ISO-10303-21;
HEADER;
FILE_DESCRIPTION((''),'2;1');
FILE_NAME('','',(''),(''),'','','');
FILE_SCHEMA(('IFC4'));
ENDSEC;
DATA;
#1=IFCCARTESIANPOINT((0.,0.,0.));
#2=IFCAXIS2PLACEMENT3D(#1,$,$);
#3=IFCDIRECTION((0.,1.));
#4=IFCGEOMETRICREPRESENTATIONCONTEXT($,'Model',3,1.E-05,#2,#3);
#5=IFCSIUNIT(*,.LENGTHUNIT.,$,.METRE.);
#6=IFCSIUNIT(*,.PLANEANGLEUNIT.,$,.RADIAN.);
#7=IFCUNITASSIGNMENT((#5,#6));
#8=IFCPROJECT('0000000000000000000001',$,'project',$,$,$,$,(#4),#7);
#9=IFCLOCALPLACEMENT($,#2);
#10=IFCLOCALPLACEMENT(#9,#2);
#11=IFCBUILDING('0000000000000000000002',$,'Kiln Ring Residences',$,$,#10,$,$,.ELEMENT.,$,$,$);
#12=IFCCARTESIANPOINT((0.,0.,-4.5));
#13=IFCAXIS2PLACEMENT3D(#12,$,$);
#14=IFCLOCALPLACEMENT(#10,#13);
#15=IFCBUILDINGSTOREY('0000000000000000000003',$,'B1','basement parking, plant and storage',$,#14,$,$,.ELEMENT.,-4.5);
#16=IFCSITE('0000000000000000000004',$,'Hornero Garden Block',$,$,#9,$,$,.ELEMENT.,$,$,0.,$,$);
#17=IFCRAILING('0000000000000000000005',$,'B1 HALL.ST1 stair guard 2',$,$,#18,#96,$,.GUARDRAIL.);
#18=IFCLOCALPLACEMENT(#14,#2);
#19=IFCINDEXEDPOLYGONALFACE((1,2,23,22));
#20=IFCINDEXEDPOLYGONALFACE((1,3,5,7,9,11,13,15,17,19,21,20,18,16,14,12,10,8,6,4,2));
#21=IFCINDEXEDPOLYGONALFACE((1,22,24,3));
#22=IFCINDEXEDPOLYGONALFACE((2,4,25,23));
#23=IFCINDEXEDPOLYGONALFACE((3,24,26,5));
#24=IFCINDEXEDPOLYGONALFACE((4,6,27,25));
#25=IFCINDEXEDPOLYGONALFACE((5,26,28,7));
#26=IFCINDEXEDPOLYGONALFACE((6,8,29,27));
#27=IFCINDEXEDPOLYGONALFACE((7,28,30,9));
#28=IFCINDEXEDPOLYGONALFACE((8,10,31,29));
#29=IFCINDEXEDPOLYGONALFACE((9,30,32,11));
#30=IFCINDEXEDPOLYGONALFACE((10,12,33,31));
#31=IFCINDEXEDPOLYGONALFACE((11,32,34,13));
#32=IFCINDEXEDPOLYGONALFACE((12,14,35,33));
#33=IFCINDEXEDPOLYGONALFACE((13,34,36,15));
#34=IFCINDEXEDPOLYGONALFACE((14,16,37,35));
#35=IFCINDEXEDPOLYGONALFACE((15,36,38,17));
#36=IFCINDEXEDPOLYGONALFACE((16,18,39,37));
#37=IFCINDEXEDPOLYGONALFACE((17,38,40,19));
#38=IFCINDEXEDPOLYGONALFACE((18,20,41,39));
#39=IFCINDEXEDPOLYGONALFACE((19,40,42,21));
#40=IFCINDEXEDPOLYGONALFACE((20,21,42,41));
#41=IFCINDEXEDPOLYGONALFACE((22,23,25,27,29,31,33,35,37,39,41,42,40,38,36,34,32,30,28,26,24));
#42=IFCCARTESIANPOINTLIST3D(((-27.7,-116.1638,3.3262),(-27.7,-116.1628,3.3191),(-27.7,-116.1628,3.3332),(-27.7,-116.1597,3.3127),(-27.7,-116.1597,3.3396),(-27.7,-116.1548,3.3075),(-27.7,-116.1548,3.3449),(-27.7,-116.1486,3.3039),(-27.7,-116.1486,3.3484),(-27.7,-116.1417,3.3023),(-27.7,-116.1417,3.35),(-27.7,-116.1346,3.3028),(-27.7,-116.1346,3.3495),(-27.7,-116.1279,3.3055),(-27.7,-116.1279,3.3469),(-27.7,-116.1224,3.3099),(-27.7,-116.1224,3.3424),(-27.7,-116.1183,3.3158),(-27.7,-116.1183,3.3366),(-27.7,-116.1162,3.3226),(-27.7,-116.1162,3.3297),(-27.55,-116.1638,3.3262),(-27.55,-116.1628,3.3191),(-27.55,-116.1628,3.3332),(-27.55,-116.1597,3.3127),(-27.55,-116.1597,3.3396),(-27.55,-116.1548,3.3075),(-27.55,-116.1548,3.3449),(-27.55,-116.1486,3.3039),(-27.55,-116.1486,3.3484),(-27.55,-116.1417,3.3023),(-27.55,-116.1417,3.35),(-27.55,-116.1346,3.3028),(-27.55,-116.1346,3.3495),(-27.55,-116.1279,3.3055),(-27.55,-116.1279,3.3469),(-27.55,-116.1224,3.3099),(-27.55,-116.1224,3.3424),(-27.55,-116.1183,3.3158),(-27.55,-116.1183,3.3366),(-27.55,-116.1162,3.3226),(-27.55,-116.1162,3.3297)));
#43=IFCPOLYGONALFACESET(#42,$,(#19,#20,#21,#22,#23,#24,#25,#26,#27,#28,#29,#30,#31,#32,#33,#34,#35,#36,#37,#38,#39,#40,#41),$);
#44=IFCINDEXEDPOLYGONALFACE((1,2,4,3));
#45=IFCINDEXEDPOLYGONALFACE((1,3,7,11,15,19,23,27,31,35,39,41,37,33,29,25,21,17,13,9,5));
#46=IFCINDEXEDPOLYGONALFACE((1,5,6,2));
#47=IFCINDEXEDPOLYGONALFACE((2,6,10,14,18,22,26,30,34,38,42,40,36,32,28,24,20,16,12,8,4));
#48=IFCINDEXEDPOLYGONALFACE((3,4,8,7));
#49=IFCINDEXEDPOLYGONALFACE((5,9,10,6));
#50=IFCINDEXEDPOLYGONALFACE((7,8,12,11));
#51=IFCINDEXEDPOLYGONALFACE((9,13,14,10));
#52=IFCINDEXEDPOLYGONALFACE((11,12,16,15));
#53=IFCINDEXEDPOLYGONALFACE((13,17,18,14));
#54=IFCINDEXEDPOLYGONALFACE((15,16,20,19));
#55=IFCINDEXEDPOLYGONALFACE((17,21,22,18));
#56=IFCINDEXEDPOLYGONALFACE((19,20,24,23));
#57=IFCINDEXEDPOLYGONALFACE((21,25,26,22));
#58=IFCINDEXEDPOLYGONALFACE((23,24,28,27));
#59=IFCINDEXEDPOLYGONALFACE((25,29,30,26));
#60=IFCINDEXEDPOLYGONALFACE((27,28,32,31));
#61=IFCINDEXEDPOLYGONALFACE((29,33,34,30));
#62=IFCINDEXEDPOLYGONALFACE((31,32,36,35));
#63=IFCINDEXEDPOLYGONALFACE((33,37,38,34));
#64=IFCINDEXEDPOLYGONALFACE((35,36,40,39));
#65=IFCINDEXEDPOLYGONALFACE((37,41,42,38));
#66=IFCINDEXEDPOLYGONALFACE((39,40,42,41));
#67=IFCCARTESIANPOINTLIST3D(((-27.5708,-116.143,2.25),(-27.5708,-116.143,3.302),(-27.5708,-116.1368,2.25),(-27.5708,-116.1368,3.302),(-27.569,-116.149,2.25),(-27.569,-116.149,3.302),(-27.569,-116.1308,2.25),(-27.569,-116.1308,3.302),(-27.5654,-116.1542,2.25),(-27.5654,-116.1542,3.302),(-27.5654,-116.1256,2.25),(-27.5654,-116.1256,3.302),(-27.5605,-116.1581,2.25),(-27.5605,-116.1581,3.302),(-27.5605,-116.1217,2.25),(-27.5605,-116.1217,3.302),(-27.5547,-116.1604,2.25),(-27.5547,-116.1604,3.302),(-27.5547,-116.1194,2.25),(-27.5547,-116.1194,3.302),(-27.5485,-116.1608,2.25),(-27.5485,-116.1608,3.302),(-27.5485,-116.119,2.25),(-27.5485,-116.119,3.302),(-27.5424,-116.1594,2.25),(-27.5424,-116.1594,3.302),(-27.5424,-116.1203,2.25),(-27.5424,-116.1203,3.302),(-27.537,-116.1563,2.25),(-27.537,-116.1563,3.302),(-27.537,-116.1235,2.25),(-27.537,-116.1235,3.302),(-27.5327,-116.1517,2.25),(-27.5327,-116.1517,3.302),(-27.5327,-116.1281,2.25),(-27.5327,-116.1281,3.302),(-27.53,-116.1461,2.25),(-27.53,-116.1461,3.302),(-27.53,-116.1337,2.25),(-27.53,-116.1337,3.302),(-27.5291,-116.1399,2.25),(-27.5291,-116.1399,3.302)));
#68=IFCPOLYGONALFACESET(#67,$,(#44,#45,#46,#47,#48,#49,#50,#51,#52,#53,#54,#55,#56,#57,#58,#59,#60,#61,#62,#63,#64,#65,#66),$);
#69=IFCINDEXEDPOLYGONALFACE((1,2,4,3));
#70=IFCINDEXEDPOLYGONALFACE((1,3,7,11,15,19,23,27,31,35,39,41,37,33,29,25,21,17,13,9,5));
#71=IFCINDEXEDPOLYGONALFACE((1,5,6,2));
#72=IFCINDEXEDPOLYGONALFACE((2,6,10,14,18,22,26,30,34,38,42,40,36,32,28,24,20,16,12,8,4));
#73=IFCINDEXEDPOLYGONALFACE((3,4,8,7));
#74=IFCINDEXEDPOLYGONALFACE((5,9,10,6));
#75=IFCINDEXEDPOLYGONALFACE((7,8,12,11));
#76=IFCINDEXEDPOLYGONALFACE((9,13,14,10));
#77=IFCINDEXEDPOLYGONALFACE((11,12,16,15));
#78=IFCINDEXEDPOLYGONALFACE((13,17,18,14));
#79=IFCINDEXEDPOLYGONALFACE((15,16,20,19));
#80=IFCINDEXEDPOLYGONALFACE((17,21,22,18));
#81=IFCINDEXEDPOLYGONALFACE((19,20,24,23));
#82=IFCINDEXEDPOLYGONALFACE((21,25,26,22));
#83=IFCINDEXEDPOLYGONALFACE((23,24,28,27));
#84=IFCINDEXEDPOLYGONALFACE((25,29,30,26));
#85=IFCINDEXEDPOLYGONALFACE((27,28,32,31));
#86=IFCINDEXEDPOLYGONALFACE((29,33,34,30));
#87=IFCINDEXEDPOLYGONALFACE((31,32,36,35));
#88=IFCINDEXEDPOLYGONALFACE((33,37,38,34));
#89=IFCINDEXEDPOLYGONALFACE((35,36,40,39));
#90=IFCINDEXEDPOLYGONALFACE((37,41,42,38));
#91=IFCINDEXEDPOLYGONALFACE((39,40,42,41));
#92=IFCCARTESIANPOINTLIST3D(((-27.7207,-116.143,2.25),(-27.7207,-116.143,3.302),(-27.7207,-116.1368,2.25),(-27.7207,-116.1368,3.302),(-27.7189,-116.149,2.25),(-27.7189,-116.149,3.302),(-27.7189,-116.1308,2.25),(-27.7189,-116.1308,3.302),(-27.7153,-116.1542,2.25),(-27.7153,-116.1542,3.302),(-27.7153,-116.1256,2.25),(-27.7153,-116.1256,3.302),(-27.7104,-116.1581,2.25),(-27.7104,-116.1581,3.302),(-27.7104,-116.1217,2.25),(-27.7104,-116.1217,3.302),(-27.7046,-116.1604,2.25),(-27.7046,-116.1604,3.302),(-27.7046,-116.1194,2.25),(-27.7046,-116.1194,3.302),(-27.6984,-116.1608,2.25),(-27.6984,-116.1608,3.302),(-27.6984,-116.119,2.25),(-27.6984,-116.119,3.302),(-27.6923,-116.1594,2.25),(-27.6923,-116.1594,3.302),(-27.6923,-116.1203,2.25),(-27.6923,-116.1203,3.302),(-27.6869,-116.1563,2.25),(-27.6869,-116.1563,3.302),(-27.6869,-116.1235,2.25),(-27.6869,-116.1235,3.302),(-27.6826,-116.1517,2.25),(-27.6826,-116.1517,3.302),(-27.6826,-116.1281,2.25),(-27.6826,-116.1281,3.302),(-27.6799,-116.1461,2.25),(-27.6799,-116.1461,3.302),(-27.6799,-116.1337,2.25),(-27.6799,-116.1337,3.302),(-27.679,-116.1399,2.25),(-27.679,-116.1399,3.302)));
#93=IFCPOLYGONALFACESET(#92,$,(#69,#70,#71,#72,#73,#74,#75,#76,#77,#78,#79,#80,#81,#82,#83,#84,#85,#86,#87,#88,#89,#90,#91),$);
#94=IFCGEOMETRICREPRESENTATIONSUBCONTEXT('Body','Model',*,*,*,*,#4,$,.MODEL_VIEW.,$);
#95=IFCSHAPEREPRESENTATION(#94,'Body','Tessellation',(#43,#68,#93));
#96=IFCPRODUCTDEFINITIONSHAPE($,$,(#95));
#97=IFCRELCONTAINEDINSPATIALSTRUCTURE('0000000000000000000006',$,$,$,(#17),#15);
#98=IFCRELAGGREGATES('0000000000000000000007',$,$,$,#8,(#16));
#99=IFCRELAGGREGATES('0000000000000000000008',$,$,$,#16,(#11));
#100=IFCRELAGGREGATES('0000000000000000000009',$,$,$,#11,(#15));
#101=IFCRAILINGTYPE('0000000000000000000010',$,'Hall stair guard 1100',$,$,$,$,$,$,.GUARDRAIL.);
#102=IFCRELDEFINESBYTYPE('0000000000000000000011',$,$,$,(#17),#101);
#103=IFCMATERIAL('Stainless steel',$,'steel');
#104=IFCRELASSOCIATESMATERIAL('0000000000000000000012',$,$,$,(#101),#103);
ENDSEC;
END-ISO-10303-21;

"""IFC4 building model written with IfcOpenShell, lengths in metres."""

from ifc_helpers import new_model, si_unit, direction, frame, origin, origin_2d, place, context, subcontext, project, spatial, circle, extrude, material, type_object, element, save


model = new_model("IFC4")

# Units and contexts
model_context = context("Model", 3, precision=1e-05, world=origin(), true_north=direction((0.0, 1.0)))
body_context = subcontext(model_context, "Body", "Model", "MODEL_VIEW")
ifc_project = project(units=[si_unit("LENGTHUNIT", "METRE"), si_unit("PLANEANGLEUNIT", "RADIAN")], contexts=[model_context])

# Site, building, storey
site_placement = place(None, origin())
site = spatial("IfcSite", under=ifc_project, at=site_placement, Name="Hornero Garden Block", CompositionType="ELEMENT", RefElevation=0.0)
building_placement = place(site_placement, origin())
building = spatial("IfcBuilding", under=site, at=building_placement, Name="Kiln Ring Residences", CompositionType="ELEMENT")
storey_placement = place(building_placement, frame((0.0, 0.0, -4.5)))
storey = spatial("IfcBuildingStorey", under=building, at=storey_placement, Name="B1", Description="basement parking, plant and storage", CompositionType="ELEMENT", Elevation=-4.5)

# Railing
ifc_material_1 = material(Name="Stainless steel", Category="steel")
railing_type_1 = type_object("IfcRailingType", Name="Hall stair guard 1100", PredefinedType="GUARDRAIL", material=ifc_material_1)
railing_1_placement = place(storey_placement, frame((-27.55, -116.1399, 2.25)))
element("IfcRailing", 1, at=railing_1_placement, inside=storey, type_object=railing_type_1, Name="B1 HALL.ST1 stair guard 2", PredefinedType="GUARDRAIL", context=body_context, shape_type="SweptSolid", body=[
    extrude(circle(Radius=0.0239, at=origin_2d()), frame((0.0, 0.0, 1.0762), z_axis=(-1.0, 0.0, 0.0), x_axis=(0.0, -1.0, 0.0)), (0.0, 0.0, 1.0), 0.1499),
    extrude(circle(Radius=0.021, at=origin_2d()), origin(), (0.0, 0.0, 1.0), 1.052),
    extrude(circle(Radius=0.021, at=origin_2d()), frame((-0.1499, 0.0, 0.0)), (0.0, 0.0, 1.0), 1.052),
])

save(model, "model.ifc")
